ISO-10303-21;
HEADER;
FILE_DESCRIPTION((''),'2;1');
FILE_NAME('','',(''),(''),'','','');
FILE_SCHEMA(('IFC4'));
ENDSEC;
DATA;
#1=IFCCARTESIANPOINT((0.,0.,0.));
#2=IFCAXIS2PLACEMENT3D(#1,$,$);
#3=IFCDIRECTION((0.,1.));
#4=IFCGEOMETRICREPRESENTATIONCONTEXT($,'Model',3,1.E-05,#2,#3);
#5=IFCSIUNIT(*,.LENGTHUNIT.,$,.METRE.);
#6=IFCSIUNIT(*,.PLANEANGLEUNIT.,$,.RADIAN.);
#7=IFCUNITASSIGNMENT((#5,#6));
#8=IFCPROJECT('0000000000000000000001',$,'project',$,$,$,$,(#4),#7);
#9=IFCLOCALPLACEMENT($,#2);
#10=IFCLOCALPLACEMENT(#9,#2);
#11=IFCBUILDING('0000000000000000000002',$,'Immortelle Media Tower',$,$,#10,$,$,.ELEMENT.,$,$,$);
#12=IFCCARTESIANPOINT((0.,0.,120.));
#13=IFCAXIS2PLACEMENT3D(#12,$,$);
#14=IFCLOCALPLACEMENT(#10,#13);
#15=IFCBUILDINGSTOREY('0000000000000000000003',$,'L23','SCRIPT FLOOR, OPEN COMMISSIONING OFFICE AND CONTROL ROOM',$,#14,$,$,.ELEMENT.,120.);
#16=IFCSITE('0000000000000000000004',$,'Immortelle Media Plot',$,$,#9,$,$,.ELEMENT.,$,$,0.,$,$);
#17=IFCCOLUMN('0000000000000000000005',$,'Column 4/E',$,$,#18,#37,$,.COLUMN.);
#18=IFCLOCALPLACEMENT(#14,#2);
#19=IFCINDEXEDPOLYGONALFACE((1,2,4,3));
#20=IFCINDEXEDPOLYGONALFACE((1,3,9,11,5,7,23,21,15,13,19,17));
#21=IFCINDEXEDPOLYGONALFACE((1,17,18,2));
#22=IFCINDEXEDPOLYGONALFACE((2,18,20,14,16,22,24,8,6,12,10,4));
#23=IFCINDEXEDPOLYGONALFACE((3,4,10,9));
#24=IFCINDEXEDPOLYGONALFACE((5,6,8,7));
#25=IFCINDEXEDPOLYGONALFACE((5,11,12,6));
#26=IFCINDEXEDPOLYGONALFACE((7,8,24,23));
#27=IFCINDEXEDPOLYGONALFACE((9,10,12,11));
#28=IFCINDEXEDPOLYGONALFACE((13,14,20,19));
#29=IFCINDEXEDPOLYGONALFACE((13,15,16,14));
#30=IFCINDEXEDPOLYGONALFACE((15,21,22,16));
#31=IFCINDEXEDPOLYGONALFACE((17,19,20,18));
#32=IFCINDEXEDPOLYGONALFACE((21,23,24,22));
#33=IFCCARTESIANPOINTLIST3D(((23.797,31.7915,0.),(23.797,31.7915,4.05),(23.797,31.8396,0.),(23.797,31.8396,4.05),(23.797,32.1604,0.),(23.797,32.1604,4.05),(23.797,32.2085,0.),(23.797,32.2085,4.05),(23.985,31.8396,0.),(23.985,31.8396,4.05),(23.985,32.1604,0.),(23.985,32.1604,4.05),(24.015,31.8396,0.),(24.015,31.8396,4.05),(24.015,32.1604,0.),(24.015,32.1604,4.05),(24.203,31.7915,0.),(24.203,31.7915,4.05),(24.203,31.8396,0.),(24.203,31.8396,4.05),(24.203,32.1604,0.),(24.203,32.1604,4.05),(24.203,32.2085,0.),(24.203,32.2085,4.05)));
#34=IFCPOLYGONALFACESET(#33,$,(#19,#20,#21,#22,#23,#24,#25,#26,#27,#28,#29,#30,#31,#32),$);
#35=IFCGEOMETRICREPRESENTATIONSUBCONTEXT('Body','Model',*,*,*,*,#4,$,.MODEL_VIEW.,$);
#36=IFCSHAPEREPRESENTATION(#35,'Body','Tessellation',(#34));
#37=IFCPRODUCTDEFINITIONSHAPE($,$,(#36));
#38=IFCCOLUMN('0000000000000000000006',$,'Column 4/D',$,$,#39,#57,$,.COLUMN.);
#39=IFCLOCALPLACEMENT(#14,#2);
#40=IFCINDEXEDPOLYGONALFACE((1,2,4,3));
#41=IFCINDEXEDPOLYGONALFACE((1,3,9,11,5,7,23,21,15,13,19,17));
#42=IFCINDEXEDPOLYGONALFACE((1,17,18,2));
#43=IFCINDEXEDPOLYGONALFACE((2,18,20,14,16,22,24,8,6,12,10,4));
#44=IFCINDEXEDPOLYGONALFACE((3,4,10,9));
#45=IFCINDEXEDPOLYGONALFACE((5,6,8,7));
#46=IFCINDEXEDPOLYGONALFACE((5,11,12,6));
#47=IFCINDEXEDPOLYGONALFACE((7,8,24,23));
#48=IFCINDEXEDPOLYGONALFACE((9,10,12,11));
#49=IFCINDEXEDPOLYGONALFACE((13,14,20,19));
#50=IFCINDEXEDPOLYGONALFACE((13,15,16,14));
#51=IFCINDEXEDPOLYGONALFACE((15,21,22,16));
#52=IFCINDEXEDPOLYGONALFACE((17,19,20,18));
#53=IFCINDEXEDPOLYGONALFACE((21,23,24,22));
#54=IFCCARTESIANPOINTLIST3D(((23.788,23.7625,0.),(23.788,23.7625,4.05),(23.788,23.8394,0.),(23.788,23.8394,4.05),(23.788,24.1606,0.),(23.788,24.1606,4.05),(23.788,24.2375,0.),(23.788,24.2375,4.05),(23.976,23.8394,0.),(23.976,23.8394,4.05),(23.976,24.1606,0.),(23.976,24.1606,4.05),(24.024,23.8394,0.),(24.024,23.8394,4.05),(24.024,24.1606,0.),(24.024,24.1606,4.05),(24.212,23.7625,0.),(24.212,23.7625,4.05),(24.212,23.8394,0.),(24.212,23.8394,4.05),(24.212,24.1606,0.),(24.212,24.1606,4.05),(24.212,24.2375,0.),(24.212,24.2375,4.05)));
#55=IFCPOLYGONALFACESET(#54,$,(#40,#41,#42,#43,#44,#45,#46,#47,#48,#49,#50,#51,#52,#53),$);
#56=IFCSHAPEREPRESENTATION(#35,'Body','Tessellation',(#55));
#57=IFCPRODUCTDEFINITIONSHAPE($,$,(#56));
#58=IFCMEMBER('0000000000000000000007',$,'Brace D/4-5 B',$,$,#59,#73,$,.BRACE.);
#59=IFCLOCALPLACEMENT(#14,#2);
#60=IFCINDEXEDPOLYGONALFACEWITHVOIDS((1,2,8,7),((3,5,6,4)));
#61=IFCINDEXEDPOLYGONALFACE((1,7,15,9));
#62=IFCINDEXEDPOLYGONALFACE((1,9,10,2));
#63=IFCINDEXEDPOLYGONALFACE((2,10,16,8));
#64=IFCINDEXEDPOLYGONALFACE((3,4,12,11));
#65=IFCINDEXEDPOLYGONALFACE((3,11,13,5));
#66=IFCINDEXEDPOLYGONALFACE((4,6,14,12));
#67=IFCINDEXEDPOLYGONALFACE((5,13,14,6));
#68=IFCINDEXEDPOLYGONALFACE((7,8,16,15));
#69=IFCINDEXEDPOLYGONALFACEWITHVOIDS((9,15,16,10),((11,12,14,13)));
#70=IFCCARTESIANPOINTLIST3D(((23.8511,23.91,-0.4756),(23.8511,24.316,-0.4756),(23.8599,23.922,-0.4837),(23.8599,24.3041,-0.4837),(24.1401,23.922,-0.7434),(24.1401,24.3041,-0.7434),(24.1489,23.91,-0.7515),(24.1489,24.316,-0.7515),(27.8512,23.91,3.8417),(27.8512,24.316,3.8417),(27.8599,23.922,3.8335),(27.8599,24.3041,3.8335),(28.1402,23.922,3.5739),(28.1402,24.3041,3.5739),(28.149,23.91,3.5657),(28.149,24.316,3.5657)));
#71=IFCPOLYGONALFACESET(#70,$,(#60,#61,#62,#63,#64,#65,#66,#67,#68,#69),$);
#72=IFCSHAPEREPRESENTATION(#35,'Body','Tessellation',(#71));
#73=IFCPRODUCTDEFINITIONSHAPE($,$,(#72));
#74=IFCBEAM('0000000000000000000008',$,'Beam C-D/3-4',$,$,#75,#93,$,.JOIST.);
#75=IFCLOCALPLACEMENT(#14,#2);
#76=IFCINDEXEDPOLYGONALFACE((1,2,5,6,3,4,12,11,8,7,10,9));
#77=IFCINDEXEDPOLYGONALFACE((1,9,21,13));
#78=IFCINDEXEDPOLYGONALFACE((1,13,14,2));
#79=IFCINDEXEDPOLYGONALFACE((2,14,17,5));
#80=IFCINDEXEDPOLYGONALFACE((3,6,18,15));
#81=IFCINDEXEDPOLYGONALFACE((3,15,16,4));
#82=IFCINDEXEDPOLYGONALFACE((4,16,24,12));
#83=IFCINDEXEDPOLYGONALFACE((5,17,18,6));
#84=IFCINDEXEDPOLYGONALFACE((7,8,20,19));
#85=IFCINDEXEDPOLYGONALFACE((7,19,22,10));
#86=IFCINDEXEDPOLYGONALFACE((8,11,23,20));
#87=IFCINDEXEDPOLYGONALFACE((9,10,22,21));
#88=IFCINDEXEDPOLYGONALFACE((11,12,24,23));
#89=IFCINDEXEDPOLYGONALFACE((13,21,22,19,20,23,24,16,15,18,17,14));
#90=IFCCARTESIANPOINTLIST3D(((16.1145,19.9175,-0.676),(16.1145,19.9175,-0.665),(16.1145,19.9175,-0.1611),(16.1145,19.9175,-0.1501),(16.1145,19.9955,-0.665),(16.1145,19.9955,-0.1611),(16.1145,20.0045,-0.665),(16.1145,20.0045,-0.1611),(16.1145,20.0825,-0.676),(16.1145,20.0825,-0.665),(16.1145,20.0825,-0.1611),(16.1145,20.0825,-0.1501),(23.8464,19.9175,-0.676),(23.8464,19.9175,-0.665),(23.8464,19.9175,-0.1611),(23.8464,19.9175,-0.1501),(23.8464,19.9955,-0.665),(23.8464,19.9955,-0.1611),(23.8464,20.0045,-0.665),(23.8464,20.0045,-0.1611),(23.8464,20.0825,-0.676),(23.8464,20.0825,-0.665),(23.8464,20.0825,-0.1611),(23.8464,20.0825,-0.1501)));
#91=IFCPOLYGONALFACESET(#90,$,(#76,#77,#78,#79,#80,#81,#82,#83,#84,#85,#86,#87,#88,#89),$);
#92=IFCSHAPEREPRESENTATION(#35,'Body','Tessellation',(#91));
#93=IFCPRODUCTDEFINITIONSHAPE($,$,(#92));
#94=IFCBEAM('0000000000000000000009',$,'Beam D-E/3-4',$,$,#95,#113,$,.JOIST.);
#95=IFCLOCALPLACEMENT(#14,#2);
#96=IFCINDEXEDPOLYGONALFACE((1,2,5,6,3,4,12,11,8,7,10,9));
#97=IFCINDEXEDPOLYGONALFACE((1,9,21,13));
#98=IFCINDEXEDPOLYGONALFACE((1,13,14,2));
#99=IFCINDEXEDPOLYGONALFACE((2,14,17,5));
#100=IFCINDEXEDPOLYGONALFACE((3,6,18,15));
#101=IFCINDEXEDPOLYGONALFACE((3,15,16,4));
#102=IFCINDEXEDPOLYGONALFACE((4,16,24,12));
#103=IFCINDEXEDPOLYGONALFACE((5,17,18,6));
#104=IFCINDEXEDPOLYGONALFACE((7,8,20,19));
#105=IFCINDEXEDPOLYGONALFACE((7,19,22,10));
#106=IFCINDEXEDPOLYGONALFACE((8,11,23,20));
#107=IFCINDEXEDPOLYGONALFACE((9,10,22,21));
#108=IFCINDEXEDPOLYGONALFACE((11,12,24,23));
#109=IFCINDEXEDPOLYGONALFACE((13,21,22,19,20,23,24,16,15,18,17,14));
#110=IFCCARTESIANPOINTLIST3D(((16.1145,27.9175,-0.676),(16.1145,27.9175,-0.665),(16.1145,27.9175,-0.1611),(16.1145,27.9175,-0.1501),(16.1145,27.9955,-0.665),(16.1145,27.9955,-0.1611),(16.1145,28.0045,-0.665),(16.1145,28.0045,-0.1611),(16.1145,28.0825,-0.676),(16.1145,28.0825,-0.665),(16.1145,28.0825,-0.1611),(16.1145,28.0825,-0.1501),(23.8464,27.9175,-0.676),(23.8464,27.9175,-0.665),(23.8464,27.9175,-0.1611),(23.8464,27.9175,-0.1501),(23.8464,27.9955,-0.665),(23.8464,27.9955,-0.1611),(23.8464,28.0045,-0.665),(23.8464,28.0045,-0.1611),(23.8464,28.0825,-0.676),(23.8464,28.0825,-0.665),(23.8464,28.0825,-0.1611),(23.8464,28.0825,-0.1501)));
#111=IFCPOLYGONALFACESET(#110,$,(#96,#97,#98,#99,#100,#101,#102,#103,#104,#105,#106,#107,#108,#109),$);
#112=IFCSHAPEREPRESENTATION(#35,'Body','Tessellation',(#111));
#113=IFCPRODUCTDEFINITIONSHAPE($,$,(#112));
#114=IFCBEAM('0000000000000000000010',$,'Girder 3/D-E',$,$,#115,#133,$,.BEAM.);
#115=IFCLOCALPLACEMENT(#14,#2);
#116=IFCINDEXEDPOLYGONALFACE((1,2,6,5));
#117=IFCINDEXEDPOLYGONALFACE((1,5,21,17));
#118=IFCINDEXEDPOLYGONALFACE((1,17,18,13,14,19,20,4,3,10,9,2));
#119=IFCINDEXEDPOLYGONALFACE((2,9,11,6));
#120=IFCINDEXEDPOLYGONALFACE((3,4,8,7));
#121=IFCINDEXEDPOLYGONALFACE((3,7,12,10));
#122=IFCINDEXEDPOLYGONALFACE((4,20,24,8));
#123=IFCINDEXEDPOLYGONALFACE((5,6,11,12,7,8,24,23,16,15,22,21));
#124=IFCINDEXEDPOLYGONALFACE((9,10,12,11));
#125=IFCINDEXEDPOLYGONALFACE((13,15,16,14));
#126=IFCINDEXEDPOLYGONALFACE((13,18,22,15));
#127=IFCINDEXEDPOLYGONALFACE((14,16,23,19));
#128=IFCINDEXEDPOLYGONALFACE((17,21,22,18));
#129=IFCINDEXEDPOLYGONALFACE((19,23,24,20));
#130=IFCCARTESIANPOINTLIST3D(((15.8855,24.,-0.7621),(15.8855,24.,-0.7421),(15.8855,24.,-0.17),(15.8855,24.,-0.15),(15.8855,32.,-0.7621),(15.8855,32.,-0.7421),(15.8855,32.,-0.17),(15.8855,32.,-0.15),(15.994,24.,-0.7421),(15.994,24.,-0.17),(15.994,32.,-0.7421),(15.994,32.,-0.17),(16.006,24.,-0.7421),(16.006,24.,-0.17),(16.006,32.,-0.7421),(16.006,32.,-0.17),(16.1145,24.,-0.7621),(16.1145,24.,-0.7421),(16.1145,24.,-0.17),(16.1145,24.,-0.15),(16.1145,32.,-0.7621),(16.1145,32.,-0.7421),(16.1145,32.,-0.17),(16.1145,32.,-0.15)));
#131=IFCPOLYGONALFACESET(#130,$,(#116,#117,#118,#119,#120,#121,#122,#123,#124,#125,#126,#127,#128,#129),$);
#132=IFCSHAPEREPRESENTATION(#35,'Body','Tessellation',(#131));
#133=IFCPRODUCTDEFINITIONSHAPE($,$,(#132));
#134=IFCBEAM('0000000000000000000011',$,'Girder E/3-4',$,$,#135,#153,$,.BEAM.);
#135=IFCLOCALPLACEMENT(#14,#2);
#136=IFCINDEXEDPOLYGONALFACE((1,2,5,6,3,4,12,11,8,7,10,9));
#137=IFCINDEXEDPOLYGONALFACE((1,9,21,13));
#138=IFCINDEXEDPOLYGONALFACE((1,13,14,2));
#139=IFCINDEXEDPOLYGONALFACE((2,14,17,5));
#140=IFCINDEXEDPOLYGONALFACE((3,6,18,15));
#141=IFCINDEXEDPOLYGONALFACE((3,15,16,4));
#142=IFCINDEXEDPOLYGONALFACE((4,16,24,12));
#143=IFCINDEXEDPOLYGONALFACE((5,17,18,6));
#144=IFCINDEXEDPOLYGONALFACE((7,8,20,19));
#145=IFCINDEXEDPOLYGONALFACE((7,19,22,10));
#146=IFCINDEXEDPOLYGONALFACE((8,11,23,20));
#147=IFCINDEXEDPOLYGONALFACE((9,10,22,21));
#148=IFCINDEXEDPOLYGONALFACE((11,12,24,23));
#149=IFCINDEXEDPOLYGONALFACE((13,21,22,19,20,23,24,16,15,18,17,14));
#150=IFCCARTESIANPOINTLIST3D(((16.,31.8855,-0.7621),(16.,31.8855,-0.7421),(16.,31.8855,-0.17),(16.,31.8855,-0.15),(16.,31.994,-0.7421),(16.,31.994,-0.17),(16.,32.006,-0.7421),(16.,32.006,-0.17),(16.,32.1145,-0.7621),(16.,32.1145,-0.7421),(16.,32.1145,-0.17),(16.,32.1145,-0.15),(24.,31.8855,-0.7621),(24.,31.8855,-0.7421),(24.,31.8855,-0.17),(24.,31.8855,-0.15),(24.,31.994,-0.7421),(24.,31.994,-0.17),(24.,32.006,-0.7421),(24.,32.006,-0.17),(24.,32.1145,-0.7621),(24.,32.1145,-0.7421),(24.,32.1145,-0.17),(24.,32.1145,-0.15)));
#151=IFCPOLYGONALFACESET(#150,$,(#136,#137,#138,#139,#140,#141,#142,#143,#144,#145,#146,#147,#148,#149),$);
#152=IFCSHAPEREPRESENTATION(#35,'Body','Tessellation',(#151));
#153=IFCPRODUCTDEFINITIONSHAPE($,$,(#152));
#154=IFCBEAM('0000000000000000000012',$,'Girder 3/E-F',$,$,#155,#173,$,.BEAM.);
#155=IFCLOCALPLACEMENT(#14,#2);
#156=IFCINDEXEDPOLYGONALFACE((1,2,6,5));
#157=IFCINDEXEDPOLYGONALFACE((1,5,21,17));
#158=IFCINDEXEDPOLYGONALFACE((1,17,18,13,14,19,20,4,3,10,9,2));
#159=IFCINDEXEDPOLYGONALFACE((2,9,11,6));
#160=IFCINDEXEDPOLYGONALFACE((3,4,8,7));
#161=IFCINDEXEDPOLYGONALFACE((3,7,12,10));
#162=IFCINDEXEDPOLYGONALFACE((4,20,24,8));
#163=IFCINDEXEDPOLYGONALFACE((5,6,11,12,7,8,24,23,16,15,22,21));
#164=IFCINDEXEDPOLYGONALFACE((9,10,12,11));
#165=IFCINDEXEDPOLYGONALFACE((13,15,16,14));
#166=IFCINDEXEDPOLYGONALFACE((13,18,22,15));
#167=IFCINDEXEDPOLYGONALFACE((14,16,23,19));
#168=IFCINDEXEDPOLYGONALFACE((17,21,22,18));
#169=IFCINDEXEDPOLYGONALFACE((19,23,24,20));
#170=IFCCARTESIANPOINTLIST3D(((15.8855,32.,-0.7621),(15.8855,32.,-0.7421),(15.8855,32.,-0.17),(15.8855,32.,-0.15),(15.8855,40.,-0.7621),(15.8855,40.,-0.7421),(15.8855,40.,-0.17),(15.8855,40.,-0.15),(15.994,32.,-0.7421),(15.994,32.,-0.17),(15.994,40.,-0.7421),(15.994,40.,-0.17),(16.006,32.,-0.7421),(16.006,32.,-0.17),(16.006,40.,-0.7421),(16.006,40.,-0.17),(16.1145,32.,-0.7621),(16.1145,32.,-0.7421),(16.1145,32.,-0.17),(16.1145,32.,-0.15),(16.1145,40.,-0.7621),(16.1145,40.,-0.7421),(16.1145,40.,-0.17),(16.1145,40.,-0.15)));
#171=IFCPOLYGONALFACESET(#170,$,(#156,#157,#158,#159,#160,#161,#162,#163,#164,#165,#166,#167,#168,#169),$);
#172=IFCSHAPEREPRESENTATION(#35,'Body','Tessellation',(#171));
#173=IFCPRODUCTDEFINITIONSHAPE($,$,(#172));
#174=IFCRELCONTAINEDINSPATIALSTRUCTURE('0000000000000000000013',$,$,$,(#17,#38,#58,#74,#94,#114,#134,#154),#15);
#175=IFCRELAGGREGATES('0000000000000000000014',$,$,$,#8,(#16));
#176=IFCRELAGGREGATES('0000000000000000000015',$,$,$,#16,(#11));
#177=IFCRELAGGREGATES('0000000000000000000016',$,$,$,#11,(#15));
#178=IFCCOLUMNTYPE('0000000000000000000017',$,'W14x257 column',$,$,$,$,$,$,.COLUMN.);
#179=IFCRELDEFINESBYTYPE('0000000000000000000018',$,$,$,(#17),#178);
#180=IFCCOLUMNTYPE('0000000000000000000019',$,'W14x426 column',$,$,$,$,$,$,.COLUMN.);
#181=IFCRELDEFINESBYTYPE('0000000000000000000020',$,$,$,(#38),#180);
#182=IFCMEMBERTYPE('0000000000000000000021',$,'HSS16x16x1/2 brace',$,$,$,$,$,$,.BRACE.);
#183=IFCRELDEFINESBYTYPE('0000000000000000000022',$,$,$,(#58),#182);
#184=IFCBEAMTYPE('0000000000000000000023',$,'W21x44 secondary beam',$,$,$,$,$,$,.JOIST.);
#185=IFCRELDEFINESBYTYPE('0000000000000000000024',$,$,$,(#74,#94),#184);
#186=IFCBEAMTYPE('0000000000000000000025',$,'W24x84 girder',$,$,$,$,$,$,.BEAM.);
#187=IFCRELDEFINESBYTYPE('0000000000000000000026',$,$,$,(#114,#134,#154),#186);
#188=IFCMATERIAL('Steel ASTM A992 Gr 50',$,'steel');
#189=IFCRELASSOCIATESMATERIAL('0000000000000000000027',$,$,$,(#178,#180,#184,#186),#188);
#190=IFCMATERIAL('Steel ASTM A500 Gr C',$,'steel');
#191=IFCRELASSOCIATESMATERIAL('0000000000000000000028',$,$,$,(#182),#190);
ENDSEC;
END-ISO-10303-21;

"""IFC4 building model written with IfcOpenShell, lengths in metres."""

from ifc_helpers import new_model, si_unit, direction, frame, origin, origin_2d, place, context, subcontext, project, spatial, hollow_rectangle, i_section, extrude, material, material_profile, profile_set, type_object, element, save


model = new_model("IFC4")

# Units and contexts
model_context = context("Model", 3, precision=1e-05, world=origin(), true_north=direction((0.0, 1.0)))
body_context = subcontext(model_context, "Body", "Model", "MODEL_VIEW")
ifc_project = project(units=[si_unit("LENGTHUNIT", "METRE"), si_unit("PLANEANGLEUNIT", "RADIAN")], contexts=[model_context])

# Site, building, storey
site_placement = place(None, origin())
site = spatial("IfcSite", under=ifc_project, at=site_placement, Name="Immortelle Media Plot", CompositionType="ELEMENT", RefElevation=0.0)
building_placement = place(site_placement, origin())
building = spatial("IfcBuilding", under=site, at=building_placement, Name="Immortelle Media Tower", CompositionType="ELEMENT")
storey_placement = place(building_placement, frame((0.0, 0.0, 120.0)))
storey = spatial("IfcBuildingStorey", under=building, at=storey_placement, Name="L23", Description="SCRIPT FLOOR, OPEN COMMISSIONING OFFICE AND CONTROL ROOM", CompositionType="ELEMENT", Elevation=120.0)

# Columns
ifc_material_1 = material(Name="Steel ASTM A992 Gr 50", Category="steel")
ifc_material_profile_1 = material_profile(ifc_material_1, i_section(OverallWidth=0.406, OverallDepth=0.417, WebThickness=0.03, FlangeThickness=0.0481, at=origin_2d()), Name="W14x257")
ifc_profile_set_1 = profile_set([ifc_material_profile_1], Name="Steel ASTM A992 Gr 50")
column_type_1 = type_object("IfcColumnType", Name="W14x257 column", PredefinedType="COLUMN", material=ifc_profile_set_1)
column_1_placement = place(storey_placement, frame((24.0, 32.0, 0.0), z_axis=(0.0, 0.0, 1.0), x_axis=(1.0, 0.0, 0.0)))
element("IfcColumn", 1, at=column_1_placement, inside=storey, type_object=column_type_1, Name="Column 4/E", PredefinedType="COLUMN", context=body_context, shape_type="SweptSolid", body=[
    extrude(i_section(OverallWidth=0.406, OverallDepth=0.417, WebThickness=0.03, FlangeThickness=0.0481, at=origin_2d()), origin(), (0.0, 0.0, 1.0), 4.05),
])
ifc_material_profile_2 = material_profile(ifc_material_1, i_section(OverallWidth=0.4241, OverallDepth=0.4751, WebThickness=0.0481, FlangeThickness=0.0769, at=origin_2d()), Name="W14x426")
ifc_profile_set_2 = profile_set([ifc_material_profile_2], Name="Steel ASTM A992 Gr 50")
column_type_2 = type_object("IfcColumnType", Name="W14x426 column", PredefinedType="COLUMN", material=ifc_profile_set_2)
column_2_placement = place(storey_placement, frame((24.0, 24.0, 0.0), z_axis=(0.0, 0.0, 1.0), x_axis=(1.0, 0.0, 0.0)))
element("IfcColumn", 2, at=column_2_placement, inside=storey, type_object=column_type_2, Name="Column 4/D", PredefinedType="COLUMN", context=body_context, shape_type="SweptSolid", body=[
    extrude(i_section(OverallWidth=0.4241, OverallDepth=0.4751, WebThickness=0.0481, FlangeThickness=0.0769, at=origin_2d()), origin(), (0.0, 0.0, 1.0), 4.05),
])

# Member
ifc_material_2 = material(Name="Steel ASTM A500 Gr C", Category="steel")
ifc_material_profile_3 = material_profile(ifc_material_2, hollow_rectangle(XDim=0.406, YDim=0.406, WallThickness=0.012, at=origin_2d()), Name="HSS16x16x1/2 brace")
ifc_profile_set_3 = profile_set([ifc_material_profile_3], Name="Steel ASTM A500 Gr C")
member_type = type_object("IfcMemberType", Name="HSS16x16x1/2 brace", PredefinedType="BRACE", material=ifc_profile_set_3)
member_placement = place(storey_placement, frame((24.0, 24.113, -0.6135), z_axis=(0.67965, 0.0, 0.733536), x_axis=(0.0, 1.0, 0.0)))
element("IfcMember", 3, at=member_placement, inside=storey, type_object=member_type, Name="Brace D/4-5 B", PredefinedType="BRACE", context=body_context, shape_type="SweptSolid", body=[
    extrude(hollow_rectangle(XDim=0.406, YDim=0.406, WallThickness=0.012, at=origin_2d()), origin(), (0.0, 0.0, 1.0), 5.8855),
])

# Beams
ifc_material_profile_4 = material_profile(ifc_material_1, i_section(OverallWidth=0.165, OverallDepth=0.5259, WebThickness=0.009, FlangeThickness=0.011, at=origin_2d()), Name="W21x44")
ifc_profile_set_4 = profile_set([ifc_material_profile_4], Name="Steel ASTM A992 Gr 50")
beam_type_1 = type_object("IfcBeamType", Name="W21x44 secondary beam", PredefinedType="JOIST", material=ifc_profile_set_4)
for number, where, z_axis, x_axis, name in (
    (4, (16.1145, 20.0, -0.4131), (1.0, 0.0, 0.0), (0.0, 1.0, 0.0), "Beam C-D/3-4"),
    (5, (16.1145, 28.0, -0.4131), (1.0, 0.0, 0.0), (0.0, 1.0, 0.0), "Beam D-E/3-4"),
):
    element("IfcBeam", number, at=place(storey_placement, frame(where, z_axis=z_axis, x_axis=x_axis)), inside=storey, type_object=beam_type_1, Name=name, PredefinedType="JOIST", context=body_context, shape_type="SweptSolid", body=[
        extrude(i_section(OverallWidth=0.165, OverallDepth=0.5259, WebThickness=0.009, FlangeThickness=0.011, at=origin_2d()), origin(), (0.0, 0.0, 1.0), 7.7319),
    ])
ifc_material_profile_5 = material_profile(ifc_material_1, i_section(OverallWidth=0.229, OverallDepth=0.6121, WebThickness=0.012, FlangeThickness=0.02, at=origin_2d()), Name="W24x84")
ifc_profile_set_5 = profile_set([ifc_material_profile_5], Name="Steel ASTM A992 Gr 50")
beam_type_2 = type_object("IfcBeamType", Name="W24x84 girder", PredefinedType="BEAM", material=ifc_profile_set_5)
for number, where, z_axis, x_axis, name in (
    (6, (16.0, 24.0, -0.4561), (0.0, 1.0, 0.0), (-1.0, 0.0, 0.0), "Girder 3/D-E"),
    (7, (16.0, 32.0, -0.4561), (1.0, 0.0, 0.0), (0.0, 1.0, 0.0), "Girder E/3-4"),
    (8, (16.0, 32.0, -0.4561), (0.0, 1.0, 0.0), (-1.0, 0.0, 0.0), "Girder 3/E-F"),
):
    element("IfcBeam", number, at=place(storey_placement, frame(where, z_axis=z_axis, x_axis=x_axis)), inside=storey, type_object=beam_type_2, Name=name, PredefinedType="BEAM", context=body_context, shape_type="SweptSolid", body=[
        extrude(i_section(OverallWidth=0.229, OverallDepth=0.6121, WebThickness=0.012, FlangeThickness=0.02, at=origin_2d()), origin(), (0.0, 0.0, 1.0), 8.0),
    ])

save(model, "model.ifc")
